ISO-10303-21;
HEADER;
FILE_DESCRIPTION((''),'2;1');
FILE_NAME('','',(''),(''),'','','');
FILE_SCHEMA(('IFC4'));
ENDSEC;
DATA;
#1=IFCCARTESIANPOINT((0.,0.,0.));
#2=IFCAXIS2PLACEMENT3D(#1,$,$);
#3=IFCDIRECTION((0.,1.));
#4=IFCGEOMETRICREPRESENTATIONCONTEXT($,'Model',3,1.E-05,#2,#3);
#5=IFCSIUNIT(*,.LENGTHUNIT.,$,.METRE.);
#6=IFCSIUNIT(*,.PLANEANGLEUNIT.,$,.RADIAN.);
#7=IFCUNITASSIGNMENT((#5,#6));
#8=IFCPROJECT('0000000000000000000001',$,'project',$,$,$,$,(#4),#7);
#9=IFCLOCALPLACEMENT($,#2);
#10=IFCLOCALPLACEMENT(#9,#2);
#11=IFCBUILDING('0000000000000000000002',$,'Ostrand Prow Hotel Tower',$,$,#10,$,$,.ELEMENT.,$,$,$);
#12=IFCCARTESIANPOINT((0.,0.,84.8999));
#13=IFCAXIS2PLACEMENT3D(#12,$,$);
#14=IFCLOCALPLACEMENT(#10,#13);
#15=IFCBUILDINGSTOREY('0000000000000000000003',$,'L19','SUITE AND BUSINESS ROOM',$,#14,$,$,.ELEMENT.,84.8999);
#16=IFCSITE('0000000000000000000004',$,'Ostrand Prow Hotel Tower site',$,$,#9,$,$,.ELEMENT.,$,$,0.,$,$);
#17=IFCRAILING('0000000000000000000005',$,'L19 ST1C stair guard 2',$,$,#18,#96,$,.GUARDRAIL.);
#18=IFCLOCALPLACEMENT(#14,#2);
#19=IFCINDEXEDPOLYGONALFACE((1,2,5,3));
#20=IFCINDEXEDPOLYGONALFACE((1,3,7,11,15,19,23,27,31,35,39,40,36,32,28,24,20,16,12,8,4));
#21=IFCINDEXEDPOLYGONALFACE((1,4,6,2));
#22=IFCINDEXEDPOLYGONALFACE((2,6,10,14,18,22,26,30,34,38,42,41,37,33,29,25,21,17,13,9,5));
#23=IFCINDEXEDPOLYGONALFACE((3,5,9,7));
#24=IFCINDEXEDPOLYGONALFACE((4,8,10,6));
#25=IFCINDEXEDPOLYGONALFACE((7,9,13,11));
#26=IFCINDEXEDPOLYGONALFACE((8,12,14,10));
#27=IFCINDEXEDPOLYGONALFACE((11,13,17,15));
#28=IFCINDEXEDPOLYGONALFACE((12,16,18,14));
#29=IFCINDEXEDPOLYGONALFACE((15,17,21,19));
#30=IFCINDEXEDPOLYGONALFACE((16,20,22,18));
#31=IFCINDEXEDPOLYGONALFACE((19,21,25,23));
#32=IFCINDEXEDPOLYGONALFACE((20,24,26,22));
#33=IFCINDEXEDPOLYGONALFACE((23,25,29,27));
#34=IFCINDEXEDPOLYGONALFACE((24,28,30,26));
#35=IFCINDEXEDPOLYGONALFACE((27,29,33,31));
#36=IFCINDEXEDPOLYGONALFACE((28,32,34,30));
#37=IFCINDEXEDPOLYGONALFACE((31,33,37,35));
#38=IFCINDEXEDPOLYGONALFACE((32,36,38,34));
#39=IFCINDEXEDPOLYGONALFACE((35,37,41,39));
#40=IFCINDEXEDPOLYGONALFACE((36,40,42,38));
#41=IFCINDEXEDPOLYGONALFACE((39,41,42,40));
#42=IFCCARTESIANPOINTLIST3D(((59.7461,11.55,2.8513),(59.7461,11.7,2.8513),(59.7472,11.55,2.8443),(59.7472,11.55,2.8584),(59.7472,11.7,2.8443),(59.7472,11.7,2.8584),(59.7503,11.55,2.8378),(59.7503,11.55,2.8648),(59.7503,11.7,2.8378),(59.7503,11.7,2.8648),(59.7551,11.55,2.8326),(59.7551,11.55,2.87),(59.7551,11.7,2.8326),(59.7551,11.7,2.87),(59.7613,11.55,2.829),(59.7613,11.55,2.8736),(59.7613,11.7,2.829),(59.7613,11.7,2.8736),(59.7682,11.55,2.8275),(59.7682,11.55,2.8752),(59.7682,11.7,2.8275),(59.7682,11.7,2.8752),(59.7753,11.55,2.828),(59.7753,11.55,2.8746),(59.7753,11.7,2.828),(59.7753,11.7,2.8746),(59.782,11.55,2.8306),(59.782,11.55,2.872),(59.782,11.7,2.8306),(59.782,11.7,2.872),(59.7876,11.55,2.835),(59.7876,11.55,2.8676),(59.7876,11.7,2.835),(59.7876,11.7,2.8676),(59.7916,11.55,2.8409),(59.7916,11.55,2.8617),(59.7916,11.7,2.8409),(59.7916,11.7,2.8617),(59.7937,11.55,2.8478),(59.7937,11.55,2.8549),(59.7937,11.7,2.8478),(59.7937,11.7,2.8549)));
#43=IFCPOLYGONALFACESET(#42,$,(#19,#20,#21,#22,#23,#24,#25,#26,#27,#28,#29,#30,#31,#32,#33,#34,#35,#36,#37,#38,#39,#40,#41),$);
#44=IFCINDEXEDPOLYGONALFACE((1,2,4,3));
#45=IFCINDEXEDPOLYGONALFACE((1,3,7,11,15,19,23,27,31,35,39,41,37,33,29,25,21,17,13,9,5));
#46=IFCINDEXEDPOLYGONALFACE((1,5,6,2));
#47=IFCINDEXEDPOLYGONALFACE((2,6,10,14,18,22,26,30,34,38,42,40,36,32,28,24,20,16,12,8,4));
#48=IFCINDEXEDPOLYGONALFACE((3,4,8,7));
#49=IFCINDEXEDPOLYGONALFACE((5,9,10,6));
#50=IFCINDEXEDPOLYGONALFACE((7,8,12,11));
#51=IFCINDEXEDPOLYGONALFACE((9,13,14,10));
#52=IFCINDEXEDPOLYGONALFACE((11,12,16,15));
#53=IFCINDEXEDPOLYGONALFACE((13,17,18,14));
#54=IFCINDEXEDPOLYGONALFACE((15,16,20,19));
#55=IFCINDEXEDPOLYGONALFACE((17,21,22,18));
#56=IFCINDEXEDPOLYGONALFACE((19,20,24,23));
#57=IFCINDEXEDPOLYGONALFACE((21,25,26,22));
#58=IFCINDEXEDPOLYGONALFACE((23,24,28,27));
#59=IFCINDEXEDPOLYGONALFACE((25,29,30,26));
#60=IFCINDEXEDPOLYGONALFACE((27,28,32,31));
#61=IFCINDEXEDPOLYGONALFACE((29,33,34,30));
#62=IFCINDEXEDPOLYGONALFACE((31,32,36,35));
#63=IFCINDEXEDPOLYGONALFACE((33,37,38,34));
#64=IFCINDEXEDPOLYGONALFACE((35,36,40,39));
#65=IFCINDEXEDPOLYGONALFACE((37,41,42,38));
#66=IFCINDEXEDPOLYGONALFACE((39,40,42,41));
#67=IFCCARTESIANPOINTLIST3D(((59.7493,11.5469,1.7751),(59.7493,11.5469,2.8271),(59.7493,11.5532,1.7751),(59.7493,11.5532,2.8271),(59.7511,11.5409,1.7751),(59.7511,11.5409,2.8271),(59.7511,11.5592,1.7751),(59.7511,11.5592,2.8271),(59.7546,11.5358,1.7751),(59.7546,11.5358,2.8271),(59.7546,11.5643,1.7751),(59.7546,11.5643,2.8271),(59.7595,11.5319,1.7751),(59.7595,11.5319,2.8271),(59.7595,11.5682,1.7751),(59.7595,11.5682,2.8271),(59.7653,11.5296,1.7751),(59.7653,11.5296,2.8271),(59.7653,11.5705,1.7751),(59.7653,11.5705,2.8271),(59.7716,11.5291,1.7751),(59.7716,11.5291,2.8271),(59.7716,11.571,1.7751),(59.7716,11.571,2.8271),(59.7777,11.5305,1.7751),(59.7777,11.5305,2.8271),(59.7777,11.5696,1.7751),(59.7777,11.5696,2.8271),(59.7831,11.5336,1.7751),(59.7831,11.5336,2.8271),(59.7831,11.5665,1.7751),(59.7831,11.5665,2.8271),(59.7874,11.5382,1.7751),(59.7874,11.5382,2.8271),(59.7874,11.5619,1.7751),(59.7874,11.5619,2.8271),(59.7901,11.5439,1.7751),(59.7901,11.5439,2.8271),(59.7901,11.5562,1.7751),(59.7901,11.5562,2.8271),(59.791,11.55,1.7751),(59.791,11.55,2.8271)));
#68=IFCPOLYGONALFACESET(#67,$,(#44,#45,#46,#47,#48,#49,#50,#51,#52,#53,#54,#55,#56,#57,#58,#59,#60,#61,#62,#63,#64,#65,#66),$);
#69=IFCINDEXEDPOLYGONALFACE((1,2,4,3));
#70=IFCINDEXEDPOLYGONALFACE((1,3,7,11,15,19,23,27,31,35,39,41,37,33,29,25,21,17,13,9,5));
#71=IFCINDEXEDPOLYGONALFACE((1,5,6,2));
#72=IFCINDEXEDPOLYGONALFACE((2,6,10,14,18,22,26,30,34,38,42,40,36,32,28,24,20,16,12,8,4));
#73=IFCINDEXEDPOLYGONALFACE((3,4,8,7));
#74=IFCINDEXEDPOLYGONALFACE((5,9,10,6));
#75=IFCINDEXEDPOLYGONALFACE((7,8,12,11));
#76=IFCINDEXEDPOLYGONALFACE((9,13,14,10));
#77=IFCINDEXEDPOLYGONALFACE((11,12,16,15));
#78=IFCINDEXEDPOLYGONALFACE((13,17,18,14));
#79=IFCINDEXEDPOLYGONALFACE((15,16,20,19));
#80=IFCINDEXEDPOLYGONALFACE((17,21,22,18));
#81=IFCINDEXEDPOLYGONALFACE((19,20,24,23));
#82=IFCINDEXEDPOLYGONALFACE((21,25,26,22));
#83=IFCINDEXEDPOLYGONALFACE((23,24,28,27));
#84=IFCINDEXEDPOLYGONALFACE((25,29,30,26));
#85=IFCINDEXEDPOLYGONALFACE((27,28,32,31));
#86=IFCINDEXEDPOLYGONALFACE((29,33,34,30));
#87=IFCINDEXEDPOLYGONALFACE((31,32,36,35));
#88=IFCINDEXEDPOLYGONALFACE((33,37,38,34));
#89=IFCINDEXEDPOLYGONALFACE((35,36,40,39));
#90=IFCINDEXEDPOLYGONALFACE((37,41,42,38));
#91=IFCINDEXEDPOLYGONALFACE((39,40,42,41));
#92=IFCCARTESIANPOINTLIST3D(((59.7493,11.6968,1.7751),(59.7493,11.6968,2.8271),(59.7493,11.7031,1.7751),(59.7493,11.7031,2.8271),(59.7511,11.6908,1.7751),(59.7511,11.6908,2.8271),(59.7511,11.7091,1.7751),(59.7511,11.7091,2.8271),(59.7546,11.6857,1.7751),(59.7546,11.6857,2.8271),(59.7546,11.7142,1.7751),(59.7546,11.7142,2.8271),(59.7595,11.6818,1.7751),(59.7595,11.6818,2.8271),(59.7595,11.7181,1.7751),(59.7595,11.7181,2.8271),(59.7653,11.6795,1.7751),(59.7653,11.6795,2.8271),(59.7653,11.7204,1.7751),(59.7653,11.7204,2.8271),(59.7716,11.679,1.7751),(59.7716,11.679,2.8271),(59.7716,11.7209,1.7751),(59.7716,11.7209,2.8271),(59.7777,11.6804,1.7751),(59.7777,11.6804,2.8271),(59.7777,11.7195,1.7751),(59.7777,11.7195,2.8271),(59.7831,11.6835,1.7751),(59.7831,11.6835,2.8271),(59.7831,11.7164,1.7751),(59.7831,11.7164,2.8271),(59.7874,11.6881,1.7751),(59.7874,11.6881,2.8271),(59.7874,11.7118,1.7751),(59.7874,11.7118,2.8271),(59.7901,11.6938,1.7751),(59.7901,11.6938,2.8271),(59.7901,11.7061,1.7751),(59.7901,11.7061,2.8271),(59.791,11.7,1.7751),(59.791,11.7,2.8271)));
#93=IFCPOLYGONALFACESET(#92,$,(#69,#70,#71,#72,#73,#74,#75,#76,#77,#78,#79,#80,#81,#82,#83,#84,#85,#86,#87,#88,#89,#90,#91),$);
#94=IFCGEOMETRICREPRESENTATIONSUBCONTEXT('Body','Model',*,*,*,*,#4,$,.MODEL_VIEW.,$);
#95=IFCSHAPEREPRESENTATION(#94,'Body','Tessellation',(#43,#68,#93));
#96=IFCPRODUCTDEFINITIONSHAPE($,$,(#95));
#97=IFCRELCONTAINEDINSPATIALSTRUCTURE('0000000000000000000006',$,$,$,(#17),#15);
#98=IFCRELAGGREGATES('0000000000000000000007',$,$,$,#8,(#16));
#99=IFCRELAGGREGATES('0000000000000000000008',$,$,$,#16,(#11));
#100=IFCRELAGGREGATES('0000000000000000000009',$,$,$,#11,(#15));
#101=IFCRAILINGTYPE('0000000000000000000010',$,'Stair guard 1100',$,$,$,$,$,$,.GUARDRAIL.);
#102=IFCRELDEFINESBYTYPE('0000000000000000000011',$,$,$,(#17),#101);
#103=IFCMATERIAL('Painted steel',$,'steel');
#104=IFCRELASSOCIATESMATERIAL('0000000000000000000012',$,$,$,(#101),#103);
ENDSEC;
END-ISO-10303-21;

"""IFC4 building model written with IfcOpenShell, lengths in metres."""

from ifc_helpers import new_model, si_unit, direction, frame, origin, origin_2d, place, context, subcontext, project, spatial, circle, extrude, material, type_object, element, save


model = new_model("IFC4")

# Units and contexts
model_context = context("Model", 3, precision=1e-05, world=origin(), true_north=direction((0.0, 1.0)))
body_context = subcontext(model_context, "Body", "Model", "MODEL_VIEW")
ifc_project = project(units=[si_unit("LENGTHUNIT", "METRE"), si_unit("PLANEANGLEUNIT", "RADIAN")], contexts=[model_context])

# Site, building, storey
site_placement = place(None, origin())
site = spatial("IfcSite", under=ifc_project, at=site_placement, Name="Ostrand Prow Hotel Tower site", CompositionType="ELEMENT", RefElevation=0.0)
building_placement = place(site_placement, origin())
building = spatial("IfcBuilding", under=site, at=building_placement, Name="Ostrand Prow Hotel Tower", CompositionType="ELEMENT")
storey_placement = place(building_placement, frame((0.0, 0.0, 84.8999)))
storey = spatial("IfcBuildingStorey", under=building, at=storey_placement, Name="L19", Description="SUITE AND BUSINESS ROOM", CompositionType="ELEMENT", Elevation=84.8999)

# Railing
ifc_material_1 = material(Name="Painted steel", Category="steel")
railing_type_1 = type_object("IfcRailingType", Name="Stair guard 1100", PredefinedType="GUARDRAIL", material=ifc_material_1)
railing_1_placement = place(storey_placement, frame((59.77, 11.55, 1.7751)))
element("IfcRailing", 1, at=railing_1_placement, inside=storey, type_object=railing_type_1, Name="L19 ST1C stair guard 2", PredefinedType="GUARDRAIL", context=body_context, shape_type="SweptSolid", body=[
    extrude(circle(Radius=0.0239, at=origin_2d()), frame((0.0, 0.0, 1.0762), z_axis=(0.0, 1.0, 0.0), x_axis=(-1.0, 0.0, 0.0)), (0.0, 0.0, 1.0), 0.1499),
    extrude(circle(Radius=0.021, at=origin_2d()), origin(), (0.0, 0.0, 1.0), 1.052),
    extrude(circle(Radius=0.021, at=origin_2d()), frame((0.0, 0.1499, 0.0)), (0.0, 0.0, 1.0), 1.052),
])

save(model, "model.ifc")
